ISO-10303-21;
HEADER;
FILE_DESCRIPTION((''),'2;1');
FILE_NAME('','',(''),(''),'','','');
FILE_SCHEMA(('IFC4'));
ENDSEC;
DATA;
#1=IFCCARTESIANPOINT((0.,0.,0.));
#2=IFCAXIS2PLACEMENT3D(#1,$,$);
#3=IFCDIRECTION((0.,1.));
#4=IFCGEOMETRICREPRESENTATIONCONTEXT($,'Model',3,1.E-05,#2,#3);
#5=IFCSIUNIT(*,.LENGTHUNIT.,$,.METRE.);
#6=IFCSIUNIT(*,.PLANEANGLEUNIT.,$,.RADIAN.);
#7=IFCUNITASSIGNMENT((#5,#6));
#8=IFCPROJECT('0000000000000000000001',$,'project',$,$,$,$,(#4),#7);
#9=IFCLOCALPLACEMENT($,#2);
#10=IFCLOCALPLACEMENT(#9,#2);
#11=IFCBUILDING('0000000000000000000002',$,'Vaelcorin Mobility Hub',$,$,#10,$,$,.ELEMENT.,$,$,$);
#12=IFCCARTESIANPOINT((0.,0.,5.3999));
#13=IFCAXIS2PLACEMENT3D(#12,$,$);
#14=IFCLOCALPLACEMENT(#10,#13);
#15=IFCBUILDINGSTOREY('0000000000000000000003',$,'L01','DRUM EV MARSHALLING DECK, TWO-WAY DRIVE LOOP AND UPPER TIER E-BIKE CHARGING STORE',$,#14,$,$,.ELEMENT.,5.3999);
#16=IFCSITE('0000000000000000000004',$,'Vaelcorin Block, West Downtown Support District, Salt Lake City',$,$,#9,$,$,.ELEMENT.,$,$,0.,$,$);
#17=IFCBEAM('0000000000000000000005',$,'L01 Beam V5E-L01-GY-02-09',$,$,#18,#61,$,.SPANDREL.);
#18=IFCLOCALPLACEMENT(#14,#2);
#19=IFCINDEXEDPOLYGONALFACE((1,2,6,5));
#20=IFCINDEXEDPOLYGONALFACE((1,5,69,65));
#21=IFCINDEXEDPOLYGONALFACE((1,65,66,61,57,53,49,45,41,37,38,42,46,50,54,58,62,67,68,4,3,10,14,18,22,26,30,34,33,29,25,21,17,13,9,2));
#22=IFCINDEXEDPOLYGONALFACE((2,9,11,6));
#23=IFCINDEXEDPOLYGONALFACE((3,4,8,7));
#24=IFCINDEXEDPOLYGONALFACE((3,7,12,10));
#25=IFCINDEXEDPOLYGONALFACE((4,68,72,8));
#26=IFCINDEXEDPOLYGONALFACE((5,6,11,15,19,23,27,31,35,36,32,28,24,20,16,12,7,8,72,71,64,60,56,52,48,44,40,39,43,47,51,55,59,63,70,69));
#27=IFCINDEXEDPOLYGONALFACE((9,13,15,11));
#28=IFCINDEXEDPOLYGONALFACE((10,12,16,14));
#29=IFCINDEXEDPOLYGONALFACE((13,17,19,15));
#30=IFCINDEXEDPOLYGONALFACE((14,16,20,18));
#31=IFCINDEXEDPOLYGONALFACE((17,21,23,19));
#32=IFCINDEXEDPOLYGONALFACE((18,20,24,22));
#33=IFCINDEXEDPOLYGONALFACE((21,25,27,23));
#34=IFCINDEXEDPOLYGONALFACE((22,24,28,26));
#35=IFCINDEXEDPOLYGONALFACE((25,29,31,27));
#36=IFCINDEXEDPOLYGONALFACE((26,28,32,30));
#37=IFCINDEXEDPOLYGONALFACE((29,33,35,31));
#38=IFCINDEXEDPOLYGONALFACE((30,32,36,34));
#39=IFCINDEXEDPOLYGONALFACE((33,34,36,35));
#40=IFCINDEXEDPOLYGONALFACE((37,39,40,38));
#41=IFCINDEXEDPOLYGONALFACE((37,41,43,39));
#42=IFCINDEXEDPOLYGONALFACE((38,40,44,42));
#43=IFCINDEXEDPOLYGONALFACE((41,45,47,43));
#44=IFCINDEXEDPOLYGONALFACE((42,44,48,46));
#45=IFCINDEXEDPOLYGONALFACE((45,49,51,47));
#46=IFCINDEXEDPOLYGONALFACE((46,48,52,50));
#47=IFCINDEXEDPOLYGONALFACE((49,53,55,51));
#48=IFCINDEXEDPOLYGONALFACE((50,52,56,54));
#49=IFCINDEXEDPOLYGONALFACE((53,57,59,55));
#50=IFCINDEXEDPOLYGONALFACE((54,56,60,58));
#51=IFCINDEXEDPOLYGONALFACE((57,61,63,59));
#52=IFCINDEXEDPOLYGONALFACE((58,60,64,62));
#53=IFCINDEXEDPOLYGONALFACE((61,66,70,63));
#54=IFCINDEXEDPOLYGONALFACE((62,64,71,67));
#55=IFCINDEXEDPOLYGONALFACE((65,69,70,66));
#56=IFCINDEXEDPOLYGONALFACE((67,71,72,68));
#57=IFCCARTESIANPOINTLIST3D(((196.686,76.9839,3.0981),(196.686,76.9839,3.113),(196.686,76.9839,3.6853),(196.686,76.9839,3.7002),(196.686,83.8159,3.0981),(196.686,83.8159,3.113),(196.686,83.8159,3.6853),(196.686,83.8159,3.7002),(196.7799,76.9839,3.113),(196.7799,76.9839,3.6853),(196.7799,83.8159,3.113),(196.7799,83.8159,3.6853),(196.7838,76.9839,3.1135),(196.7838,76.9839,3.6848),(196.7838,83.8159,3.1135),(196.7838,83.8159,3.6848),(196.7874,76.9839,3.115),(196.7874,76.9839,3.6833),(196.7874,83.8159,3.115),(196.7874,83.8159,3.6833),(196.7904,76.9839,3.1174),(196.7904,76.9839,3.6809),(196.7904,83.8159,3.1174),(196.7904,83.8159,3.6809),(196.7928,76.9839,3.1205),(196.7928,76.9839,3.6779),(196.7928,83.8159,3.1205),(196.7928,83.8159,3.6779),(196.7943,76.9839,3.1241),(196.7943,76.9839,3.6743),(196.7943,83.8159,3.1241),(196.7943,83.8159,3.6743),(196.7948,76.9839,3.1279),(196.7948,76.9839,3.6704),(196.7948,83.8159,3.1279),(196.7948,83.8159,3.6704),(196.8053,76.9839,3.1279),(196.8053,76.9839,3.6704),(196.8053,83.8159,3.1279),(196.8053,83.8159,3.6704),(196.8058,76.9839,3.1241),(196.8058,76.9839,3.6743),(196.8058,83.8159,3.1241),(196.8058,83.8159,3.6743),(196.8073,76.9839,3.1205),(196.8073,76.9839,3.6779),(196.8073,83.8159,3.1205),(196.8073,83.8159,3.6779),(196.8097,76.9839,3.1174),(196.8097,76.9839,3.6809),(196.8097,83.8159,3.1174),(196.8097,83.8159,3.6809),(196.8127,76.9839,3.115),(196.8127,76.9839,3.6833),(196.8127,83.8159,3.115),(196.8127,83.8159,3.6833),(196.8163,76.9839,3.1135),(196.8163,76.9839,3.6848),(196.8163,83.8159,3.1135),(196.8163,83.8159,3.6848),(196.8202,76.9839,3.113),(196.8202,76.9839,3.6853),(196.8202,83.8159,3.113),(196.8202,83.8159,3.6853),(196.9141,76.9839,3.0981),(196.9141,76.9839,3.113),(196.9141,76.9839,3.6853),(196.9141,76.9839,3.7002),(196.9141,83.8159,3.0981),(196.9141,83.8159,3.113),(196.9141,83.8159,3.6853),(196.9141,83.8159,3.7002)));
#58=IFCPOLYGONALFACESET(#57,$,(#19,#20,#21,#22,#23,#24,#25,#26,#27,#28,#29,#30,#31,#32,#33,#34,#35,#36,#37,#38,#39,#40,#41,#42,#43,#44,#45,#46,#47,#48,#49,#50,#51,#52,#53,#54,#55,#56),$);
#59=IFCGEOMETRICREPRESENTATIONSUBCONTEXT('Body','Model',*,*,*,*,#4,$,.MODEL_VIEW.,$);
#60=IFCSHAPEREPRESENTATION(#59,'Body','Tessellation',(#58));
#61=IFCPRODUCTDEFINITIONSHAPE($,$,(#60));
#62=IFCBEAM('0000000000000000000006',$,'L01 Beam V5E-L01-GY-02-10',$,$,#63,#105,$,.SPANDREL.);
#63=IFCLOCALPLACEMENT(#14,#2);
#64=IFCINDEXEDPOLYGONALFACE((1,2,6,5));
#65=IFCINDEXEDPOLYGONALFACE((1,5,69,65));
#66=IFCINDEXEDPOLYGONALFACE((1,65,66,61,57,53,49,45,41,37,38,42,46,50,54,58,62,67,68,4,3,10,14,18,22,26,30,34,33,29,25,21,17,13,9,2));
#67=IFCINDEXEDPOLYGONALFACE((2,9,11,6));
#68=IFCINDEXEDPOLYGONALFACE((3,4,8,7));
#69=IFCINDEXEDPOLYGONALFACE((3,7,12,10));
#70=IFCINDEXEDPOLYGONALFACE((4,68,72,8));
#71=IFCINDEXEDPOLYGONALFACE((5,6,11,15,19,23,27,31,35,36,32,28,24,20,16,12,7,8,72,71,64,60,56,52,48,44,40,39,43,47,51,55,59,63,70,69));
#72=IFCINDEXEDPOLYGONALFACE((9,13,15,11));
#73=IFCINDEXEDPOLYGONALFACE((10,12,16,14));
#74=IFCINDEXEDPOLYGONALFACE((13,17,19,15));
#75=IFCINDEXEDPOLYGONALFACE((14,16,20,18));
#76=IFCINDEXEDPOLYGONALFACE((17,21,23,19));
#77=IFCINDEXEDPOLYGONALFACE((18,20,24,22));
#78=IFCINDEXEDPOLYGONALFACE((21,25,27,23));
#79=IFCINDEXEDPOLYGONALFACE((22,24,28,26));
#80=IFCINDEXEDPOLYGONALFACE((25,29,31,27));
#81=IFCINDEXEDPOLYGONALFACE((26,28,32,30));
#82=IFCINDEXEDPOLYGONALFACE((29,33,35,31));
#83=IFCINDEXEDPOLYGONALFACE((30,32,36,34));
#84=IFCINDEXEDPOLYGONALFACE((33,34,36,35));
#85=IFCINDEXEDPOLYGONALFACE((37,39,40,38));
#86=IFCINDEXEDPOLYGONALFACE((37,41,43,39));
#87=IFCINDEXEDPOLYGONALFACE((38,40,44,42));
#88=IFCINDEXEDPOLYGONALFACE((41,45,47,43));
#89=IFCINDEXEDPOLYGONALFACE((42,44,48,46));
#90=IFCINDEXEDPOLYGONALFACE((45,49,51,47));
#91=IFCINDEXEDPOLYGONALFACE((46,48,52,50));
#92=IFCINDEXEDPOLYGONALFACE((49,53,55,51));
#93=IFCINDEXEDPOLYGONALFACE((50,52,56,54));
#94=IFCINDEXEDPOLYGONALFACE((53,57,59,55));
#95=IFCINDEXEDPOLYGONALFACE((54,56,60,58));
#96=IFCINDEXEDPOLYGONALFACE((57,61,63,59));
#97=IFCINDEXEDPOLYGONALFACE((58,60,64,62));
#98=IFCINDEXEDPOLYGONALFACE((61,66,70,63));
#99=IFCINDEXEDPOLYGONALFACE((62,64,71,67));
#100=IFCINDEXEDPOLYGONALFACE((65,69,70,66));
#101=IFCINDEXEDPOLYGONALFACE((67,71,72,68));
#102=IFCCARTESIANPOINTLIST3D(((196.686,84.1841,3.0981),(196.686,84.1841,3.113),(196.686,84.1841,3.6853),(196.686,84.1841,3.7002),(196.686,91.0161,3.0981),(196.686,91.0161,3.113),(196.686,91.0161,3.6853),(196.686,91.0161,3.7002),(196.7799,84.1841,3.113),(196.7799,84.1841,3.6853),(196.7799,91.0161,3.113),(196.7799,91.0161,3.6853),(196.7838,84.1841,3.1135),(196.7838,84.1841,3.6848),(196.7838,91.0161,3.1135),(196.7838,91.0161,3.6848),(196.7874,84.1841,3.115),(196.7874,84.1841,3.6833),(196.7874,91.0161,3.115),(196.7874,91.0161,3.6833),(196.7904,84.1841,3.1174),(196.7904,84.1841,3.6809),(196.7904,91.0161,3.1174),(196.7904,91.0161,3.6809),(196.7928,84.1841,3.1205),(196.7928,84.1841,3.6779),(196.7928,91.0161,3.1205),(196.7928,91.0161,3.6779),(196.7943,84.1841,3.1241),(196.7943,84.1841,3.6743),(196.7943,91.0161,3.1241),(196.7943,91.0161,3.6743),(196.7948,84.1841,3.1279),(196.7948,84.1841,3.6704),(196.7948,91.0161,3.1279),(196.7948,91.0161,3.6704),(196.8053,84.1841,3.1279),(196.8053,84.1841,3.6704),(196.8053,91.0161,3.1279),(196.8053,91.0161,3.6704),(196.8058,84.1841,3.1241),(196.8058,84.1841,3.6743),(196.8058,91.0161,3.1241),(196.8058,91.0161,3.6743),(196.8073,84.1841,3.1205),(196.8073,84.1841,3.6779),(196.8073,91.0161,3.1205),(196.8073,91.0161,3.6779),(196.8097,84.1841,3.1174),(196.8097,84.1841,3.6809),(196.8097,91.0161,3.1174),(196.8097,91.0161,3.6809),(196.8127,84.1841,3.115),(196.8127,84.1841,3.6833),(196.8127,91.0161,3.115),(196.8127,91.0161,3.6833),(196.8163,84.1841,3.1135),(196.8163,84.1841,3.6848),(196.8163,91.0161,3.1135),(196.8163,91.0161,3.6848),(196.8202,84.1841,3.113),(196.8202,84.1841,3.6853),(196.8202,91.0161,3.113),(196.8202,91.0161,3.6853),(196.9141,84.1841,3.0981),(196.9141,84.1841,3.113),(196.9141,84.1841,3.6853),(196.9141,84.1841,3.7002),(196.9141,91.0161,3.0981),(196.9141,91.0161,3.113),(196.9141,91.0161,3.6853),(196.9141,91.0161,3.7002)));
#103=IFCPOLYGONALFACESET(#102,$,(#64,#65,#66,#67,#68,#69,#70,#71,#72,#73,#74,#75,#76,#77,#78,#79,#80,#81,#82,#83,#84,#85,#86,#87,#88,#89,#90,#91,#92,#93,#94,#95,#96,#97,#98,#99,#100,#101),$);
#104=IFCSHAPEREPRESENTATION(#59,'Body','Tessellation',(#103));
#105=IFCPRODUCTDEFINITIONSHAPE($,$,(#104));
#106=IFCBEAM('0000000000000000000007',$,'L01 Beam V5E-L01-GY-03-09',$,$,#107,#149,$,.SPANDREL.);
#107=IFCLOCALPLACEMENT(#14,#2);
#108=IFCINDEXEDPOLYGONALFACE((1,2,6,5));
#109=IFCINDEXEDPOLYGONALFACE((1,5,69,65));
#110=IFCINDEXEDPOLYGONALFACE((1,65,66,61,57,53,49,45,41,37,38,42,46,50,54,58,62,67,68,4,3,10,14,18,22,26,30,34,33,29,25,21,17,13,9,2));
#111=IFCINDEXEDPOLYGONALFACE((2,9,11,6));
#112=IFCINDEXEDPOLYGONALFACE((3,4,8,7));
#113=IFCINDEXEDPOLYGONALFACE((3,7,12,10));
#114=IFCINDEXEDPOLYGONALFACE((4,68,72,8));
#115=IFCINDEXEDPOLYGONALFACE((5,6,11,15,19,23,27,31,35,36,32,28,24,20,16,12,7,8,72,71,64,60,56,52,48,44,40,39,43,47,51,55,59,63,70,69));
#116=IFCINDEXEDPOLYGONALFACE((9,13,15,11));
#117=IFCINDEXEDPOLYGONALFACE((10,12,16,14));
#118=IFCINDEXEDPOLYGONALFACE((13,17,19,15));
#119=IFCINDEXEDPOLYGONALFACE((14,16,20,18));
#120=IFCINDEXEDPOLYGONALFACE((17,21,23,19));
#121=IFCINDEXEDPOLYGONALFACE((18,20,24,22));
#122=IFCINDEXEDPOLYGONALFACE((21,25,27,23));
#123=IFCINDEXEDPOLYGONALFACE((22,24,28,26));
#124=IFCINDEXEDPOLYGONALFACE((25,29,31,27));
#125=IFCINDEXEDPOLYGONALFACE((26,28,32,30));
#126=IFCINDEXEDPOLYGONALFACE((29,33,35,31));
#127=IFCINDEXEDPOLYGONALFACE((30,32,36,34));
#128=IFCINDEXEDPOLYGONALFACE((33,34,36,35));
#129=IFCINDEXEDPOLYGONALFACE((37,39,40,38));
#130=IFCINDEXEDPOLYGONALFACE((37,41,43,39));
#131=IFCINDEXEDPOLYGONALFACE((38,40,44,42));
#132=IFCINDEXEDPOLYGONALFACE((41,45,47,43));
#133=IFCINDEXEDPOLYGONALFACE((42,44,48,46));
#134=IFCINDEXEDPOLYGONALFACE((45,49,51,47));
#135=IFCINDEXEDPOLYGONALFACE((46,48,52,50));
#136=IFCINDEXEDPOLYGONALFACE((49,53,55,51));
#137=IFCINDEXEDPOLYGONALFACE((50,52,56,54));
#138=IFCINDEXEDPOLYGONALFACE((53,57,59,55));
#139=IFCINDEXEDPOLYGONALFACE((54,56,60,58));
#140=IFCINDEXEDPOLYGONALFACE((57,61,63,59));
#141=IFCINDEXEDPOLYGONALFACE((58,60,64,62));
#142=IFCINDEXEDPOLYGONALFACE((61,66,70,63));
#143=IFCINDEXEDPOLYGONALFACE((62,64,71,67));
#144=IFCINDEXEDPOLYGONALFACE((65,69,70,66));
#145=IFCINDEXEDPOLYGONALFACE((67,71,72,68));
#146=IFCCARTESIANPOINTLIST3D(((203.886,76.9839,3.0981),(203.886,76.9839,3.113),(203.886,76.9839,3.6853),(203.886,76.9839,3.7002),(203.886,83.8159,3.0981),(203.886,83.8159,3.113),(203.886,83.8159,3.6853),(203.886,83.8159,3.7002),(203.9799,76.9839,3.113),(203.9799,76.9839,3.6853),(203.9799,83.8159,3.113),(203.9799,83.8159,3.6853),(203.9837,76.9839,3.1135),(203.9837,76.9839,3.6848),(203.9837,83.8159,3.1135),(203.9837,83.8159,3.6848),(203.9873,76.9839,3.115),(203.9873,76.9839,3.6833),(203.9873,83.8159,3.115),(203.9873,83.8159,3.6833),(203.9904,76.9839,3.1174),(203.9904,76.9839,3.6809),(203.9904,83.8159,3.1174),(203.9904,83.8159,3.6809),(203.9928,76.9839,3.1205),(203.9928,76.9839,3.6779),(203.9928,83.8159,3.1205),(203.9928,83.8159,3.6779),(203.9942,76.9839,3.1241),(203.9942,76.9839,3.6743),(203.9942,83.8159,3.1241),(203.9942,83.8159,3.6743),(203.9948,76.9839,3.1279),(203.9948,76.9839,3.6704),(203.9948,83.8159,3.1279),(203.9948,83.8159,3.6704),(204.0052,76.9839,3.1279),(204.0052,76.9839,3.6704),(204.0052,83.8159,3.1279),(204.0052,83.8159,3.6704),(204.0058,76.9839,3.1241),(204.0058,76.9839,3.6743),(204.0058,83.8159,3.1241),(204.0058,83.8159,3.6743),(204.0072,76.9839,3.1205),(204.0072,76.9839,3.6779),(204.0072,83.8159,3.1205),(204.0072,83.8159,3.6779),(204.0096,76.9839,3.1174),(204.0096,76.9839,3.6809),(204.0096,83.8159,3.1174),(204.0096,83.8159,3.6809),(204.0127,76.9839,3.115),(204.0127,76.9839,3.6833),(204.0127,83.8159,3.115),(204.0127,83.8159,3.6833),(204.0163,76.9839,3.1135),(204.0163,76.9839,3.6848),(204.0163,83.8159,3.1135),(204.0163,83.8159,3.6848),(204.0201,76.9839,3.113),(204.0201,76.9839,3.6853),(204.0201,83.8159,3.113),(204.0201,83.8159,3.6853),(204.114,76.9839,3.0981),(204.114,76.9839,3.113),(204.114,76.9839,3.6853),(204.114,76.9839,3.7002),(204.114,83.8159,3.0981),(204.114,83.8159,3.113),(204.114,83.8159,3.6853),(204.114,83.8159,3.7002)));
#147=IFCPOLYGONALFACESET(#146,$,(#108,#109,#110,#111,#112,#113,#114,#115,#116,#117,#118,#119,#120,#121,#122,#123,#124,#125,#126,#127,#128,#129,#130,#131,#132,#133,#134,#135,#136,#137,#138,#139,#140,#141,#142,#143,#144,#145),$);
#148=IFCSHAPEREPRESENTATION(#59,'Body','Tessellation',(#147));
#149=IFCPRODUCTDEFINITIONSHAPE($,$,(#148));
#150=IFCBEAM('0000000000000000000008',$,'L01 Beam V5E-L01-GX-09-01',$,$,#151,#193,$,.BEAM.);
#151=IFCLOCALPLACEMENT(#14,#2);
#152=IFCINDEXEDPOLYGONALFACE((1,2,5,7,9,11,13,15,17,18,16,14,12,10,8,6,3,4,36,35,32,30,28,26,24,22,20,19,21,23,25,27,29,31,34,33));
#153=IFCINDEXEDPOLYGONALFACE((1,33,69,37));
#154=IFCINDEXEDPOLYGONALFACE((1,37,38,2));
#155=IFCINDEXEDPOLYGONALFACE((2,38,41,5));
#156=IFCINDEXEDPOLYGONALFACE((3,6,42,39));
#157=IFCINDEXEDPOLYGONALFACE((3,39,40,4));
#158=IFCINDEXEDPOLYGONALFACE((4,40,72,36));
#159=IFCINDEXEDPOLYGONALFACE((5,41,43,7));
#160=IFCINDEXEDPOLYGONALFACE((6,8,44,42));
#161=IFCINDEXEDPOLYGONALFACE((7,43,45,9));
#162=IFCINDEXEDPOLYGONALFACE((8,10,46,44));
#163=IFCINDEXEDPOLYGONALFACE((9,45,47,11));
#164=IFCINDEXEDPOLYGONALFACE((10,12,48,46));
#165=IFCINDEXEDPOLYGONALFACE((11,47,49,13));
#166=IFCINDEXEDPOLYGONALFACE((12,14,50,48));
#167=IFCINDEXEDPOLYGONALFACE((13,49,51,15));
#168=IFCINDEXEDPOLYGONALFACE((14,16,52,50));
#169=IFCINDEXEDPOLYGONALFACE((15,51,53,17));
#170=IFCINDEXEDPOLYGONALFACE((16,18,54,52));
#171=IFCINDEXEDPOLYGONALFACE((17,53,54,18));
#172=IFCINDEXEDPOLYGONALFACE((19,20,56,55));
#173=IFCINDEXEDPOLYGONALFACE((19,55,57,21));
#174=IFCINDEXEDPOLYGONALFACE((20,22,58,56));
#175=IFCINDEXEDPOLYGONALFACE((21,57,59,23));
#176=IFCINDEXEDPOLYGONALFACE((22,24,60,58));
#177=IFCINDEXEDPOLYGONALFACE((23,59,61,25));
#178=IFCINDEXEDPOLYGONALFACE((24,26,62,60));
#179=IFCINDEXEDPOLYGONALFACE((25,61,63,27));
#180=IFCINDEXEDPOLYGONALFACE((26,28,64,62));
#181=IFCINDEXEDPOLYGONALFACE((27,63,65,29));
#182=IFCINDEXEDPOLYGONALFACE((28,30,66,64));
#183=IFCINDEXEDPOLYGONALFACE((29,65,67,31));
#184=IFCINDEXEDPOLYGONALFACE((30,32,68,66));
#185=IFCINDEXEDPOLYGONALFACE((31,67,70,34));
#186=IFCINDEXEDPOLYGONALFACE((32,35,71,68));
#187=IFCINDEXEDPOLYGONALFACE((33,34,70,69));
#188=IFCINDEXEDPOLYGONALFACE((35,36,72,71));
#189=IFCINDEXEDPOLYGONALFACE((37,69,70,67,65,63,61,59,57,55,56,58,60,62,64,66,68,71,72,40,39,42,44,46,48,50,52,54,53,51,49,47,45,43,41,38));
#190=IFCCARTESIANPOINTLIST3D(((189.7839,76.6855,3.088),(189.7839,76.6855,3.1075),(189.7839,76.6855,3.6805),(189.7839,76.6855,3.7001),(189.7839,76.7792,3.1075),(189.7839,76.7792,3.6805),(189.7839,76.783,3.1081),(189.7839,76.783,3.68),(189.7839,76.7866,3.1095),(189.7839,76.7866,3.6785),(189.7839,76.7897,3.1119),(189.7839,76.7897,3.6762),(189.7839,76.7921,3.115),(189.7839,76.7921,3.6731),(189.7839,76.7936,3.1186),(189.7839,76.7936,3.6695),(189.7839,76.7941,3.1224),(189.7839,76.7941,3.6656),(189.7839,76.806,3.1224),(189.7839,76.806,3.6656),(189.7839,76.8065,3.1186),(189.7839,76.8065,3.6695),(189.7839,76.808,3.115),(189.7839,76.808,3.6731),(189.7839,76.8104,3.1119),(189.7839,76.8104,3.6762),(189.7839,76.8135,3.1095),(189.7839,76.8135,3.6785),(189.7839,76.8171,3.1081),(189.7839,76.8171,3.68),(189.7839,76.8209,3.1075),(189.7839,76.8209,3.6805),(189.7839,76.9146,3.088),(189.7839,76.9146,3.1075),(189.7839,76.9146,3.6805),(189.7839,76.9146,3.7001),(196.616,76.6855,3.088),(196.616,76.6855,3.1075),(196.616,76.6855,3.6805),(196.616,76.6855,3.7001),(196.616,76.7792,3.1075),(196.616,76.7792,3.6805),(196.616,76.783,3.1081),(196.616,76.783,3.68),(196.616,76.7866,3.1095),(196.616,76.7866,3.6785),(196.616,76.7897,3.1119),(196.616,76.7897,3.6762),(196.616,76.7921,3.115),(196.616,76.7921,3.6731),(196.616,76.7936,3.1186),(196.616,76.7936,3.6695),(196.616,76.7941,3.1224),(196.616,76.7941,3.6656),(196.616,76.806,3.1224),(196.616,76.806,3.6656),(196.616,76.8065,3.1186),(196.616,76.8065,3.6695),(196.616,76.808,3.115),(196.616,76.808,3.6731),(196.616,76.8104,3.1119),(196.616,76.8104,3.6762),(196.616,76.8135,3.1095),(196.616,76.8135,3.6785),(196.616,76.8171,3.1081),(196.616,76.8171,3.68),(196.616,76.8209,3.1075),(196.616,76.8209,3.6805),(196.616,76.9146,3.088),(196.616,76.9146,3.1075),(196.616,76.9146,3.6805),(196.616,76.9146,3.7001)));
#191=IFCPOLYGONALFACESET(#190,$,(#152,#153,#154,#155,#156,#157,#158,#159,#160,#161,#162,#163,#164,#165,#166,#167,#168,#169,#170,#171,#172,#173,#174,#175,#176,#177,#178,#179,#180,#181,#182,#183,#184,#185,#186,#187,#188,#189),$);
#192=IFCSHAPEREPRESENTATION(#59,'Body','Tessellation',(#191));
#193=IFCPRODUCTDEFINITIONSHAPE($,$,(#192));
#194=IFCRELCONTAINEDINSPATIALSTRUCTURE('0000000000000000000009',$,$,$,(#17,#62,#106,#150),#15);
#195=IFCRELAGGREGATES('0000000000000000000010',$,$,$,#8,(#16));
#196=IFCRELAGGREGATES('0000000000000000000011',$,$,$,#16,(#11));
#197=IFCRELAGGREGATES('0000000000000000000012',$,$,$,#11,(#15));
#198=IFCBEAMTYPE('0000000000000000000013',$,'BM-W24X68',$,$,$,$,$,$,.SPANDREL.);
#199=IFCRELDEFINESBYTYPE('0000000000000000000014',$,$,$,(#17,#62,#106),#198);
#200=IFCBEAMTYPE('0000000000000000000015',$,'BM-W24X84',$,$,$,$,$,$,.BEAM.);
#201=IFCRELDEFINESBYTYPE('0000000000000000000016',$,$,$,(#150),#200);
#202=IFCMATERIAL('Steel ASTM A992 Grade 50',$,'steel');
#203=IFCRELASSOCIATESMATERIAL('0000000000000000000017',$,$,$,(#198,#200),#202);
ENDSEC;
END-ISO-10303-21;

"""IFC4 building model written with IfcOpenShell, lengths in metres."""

from ifc_helpers import new_model, si_unit, direction, frame, origin, origin_2d, place, context, subcontext, project, spatial, i_section, extrude, material, material_profile, profile_set, type_object, element, save


model = new_model("IFC4")

# Units and contexts
model_context = context("Model", 3, precision=1e-05, world=origin(), true_north=direction((0.0, 1.0)))
body_context = subcontext(model_context, "Body", "Model", "MODEL_VIEW")
ifc_project = project(units=[si_unit("LENGTHUNIT", "METRE"), si_unit("PLANEANGLEUNIT", "RADIAN")], contexts=[model_context])

# Site, building, storey
site_placement = place(None, origin())
site = spatial("IfcSite", under=ifc_project, at=site_placement, Name="Vaelcorin Block, West Downtown Support District, Salt Lake City", CompositionType="ELEMENT", RefElevation=0.0)
building_placement = place(site_placement, origin())
building = spatial("IfcBuilding", under=site, at=building_placement, Name="Vaelcorin Mobility Hub", CompositionType="ELEMENT")
storey_placement = place(building_placement, frame((0.0, 0.0, 5.3999)))
storey = spatial("IfcBuildingStorey", under=building, at=storey_placement, Name="L01", Description="DRUM EV MARSHALLING DECK, TWO-WAY DRIVE LOOP AND UPPER TIER E-BIKE CHARGING STORE", CompositionType="ELEMENT", Elevation=5.3999)

# Shared definitions
ifc_material_1 = material(Name="Steel ASTM A992 Grade 50", Category="steel")

# Beams
ifc_material_profile_1 = material_profile(ifc_material_1, i_section(OverallWidth=0.228, OverallDepth=0.6021, WebThickness=0.0105, FlangeThickness=0.0149, FilletRadius=0.0149, at=origin_2d()), Name="W24X68")
ifc_profile_set_1 = profile_set([ifc_material_profile_1], Name="Steel ASTM A992 Grade 50")
beam_type_1 = type_object("IfcBeamType", Name="BM-W24X68", PredefinedType="SPANDREL", material=ifc_profile_set_1)
for number, where, z_axis, x_axis, name in (
    (1, (196.8, 76.9839, 3.3992), (0.0, 1.0, 0.0), (-1.0, 0.0, 0.0), "L01 Beam V5E-L01-GY-02-09"),
    (2, (196.8, 84.1841, 3.3992), (0.0, 1.0, 0.0), (-1.0, 0.0, 0.0), "L01 Beam V5E-L01-GY-02-10"),
    (3, (204.0, 76.9839, 3.3992), (0.0, 1.0, 0.0), (-1.0, 0.0, 0.0), "L01 Beam V5E-L01-GY-03-09"),
):
    element("IfcBeam", number, at=place(storey_placement, frame(where, z_axis=z_axis, x_axis=x_axis)), inside=storey, type_object=beam_type_1, Name=name, PredefinedType="SPANDREL", context=body_context, shape_type="SweptSolid", body=[
        extrude(i_section(OverallWidth=0.228, OverallDepth=0.6021, WebThickness=0.0105, FlangeThickness=0.0149, FilletRadius=0.0149, at=origin_2d()), origin(), (0.0, 0.0, 1.0), 6.832),
    ])
ifc_material_profile_2 = material_profile(ifc_material_1, i_section(OverallWidth=0.229, OverallDepth=0.6121, WebThickness=0.012, FlangeThickness=0.0195, FilletRadius=0.0149, at=origin_2d()), Name="W24X84")
ifc_profile_set_2 = profile_set([ifc_material_profile_2], Name="Steel ASTM A992 Grade 50")
beam_type_2 = type_object("IfcBeamType", Name="BM-W24X84", PredefinedType="BEAM", material=ifc_profile_set_2)
beam_1_placement = place(storey_placement, frame((189.7839, 76.8, 3.394), z_axis=(1.0, 0.0, 0.0), x_axis=(0.0, 1.0, 0.0)))
element("IfcBeam", 4, at=beam_1_placement, inside=storey, type_object=beam_type_2, Name="L01 Beam V5E-L01-GX-09-01", PredefinedType="BEAM", context=body_context, shape_type="SweptSolid", body=[
    extrude(i_section(OverallWidth=0.229, OverallDepth=0.6121, WebThickness=0.012, FlangeThickness=0.0195, FilletRadius=0.0149, at=origin_2d()), origin(), (0.0, 0.0, 1.0), 6.832),
])

save(model, "model.ifc")
